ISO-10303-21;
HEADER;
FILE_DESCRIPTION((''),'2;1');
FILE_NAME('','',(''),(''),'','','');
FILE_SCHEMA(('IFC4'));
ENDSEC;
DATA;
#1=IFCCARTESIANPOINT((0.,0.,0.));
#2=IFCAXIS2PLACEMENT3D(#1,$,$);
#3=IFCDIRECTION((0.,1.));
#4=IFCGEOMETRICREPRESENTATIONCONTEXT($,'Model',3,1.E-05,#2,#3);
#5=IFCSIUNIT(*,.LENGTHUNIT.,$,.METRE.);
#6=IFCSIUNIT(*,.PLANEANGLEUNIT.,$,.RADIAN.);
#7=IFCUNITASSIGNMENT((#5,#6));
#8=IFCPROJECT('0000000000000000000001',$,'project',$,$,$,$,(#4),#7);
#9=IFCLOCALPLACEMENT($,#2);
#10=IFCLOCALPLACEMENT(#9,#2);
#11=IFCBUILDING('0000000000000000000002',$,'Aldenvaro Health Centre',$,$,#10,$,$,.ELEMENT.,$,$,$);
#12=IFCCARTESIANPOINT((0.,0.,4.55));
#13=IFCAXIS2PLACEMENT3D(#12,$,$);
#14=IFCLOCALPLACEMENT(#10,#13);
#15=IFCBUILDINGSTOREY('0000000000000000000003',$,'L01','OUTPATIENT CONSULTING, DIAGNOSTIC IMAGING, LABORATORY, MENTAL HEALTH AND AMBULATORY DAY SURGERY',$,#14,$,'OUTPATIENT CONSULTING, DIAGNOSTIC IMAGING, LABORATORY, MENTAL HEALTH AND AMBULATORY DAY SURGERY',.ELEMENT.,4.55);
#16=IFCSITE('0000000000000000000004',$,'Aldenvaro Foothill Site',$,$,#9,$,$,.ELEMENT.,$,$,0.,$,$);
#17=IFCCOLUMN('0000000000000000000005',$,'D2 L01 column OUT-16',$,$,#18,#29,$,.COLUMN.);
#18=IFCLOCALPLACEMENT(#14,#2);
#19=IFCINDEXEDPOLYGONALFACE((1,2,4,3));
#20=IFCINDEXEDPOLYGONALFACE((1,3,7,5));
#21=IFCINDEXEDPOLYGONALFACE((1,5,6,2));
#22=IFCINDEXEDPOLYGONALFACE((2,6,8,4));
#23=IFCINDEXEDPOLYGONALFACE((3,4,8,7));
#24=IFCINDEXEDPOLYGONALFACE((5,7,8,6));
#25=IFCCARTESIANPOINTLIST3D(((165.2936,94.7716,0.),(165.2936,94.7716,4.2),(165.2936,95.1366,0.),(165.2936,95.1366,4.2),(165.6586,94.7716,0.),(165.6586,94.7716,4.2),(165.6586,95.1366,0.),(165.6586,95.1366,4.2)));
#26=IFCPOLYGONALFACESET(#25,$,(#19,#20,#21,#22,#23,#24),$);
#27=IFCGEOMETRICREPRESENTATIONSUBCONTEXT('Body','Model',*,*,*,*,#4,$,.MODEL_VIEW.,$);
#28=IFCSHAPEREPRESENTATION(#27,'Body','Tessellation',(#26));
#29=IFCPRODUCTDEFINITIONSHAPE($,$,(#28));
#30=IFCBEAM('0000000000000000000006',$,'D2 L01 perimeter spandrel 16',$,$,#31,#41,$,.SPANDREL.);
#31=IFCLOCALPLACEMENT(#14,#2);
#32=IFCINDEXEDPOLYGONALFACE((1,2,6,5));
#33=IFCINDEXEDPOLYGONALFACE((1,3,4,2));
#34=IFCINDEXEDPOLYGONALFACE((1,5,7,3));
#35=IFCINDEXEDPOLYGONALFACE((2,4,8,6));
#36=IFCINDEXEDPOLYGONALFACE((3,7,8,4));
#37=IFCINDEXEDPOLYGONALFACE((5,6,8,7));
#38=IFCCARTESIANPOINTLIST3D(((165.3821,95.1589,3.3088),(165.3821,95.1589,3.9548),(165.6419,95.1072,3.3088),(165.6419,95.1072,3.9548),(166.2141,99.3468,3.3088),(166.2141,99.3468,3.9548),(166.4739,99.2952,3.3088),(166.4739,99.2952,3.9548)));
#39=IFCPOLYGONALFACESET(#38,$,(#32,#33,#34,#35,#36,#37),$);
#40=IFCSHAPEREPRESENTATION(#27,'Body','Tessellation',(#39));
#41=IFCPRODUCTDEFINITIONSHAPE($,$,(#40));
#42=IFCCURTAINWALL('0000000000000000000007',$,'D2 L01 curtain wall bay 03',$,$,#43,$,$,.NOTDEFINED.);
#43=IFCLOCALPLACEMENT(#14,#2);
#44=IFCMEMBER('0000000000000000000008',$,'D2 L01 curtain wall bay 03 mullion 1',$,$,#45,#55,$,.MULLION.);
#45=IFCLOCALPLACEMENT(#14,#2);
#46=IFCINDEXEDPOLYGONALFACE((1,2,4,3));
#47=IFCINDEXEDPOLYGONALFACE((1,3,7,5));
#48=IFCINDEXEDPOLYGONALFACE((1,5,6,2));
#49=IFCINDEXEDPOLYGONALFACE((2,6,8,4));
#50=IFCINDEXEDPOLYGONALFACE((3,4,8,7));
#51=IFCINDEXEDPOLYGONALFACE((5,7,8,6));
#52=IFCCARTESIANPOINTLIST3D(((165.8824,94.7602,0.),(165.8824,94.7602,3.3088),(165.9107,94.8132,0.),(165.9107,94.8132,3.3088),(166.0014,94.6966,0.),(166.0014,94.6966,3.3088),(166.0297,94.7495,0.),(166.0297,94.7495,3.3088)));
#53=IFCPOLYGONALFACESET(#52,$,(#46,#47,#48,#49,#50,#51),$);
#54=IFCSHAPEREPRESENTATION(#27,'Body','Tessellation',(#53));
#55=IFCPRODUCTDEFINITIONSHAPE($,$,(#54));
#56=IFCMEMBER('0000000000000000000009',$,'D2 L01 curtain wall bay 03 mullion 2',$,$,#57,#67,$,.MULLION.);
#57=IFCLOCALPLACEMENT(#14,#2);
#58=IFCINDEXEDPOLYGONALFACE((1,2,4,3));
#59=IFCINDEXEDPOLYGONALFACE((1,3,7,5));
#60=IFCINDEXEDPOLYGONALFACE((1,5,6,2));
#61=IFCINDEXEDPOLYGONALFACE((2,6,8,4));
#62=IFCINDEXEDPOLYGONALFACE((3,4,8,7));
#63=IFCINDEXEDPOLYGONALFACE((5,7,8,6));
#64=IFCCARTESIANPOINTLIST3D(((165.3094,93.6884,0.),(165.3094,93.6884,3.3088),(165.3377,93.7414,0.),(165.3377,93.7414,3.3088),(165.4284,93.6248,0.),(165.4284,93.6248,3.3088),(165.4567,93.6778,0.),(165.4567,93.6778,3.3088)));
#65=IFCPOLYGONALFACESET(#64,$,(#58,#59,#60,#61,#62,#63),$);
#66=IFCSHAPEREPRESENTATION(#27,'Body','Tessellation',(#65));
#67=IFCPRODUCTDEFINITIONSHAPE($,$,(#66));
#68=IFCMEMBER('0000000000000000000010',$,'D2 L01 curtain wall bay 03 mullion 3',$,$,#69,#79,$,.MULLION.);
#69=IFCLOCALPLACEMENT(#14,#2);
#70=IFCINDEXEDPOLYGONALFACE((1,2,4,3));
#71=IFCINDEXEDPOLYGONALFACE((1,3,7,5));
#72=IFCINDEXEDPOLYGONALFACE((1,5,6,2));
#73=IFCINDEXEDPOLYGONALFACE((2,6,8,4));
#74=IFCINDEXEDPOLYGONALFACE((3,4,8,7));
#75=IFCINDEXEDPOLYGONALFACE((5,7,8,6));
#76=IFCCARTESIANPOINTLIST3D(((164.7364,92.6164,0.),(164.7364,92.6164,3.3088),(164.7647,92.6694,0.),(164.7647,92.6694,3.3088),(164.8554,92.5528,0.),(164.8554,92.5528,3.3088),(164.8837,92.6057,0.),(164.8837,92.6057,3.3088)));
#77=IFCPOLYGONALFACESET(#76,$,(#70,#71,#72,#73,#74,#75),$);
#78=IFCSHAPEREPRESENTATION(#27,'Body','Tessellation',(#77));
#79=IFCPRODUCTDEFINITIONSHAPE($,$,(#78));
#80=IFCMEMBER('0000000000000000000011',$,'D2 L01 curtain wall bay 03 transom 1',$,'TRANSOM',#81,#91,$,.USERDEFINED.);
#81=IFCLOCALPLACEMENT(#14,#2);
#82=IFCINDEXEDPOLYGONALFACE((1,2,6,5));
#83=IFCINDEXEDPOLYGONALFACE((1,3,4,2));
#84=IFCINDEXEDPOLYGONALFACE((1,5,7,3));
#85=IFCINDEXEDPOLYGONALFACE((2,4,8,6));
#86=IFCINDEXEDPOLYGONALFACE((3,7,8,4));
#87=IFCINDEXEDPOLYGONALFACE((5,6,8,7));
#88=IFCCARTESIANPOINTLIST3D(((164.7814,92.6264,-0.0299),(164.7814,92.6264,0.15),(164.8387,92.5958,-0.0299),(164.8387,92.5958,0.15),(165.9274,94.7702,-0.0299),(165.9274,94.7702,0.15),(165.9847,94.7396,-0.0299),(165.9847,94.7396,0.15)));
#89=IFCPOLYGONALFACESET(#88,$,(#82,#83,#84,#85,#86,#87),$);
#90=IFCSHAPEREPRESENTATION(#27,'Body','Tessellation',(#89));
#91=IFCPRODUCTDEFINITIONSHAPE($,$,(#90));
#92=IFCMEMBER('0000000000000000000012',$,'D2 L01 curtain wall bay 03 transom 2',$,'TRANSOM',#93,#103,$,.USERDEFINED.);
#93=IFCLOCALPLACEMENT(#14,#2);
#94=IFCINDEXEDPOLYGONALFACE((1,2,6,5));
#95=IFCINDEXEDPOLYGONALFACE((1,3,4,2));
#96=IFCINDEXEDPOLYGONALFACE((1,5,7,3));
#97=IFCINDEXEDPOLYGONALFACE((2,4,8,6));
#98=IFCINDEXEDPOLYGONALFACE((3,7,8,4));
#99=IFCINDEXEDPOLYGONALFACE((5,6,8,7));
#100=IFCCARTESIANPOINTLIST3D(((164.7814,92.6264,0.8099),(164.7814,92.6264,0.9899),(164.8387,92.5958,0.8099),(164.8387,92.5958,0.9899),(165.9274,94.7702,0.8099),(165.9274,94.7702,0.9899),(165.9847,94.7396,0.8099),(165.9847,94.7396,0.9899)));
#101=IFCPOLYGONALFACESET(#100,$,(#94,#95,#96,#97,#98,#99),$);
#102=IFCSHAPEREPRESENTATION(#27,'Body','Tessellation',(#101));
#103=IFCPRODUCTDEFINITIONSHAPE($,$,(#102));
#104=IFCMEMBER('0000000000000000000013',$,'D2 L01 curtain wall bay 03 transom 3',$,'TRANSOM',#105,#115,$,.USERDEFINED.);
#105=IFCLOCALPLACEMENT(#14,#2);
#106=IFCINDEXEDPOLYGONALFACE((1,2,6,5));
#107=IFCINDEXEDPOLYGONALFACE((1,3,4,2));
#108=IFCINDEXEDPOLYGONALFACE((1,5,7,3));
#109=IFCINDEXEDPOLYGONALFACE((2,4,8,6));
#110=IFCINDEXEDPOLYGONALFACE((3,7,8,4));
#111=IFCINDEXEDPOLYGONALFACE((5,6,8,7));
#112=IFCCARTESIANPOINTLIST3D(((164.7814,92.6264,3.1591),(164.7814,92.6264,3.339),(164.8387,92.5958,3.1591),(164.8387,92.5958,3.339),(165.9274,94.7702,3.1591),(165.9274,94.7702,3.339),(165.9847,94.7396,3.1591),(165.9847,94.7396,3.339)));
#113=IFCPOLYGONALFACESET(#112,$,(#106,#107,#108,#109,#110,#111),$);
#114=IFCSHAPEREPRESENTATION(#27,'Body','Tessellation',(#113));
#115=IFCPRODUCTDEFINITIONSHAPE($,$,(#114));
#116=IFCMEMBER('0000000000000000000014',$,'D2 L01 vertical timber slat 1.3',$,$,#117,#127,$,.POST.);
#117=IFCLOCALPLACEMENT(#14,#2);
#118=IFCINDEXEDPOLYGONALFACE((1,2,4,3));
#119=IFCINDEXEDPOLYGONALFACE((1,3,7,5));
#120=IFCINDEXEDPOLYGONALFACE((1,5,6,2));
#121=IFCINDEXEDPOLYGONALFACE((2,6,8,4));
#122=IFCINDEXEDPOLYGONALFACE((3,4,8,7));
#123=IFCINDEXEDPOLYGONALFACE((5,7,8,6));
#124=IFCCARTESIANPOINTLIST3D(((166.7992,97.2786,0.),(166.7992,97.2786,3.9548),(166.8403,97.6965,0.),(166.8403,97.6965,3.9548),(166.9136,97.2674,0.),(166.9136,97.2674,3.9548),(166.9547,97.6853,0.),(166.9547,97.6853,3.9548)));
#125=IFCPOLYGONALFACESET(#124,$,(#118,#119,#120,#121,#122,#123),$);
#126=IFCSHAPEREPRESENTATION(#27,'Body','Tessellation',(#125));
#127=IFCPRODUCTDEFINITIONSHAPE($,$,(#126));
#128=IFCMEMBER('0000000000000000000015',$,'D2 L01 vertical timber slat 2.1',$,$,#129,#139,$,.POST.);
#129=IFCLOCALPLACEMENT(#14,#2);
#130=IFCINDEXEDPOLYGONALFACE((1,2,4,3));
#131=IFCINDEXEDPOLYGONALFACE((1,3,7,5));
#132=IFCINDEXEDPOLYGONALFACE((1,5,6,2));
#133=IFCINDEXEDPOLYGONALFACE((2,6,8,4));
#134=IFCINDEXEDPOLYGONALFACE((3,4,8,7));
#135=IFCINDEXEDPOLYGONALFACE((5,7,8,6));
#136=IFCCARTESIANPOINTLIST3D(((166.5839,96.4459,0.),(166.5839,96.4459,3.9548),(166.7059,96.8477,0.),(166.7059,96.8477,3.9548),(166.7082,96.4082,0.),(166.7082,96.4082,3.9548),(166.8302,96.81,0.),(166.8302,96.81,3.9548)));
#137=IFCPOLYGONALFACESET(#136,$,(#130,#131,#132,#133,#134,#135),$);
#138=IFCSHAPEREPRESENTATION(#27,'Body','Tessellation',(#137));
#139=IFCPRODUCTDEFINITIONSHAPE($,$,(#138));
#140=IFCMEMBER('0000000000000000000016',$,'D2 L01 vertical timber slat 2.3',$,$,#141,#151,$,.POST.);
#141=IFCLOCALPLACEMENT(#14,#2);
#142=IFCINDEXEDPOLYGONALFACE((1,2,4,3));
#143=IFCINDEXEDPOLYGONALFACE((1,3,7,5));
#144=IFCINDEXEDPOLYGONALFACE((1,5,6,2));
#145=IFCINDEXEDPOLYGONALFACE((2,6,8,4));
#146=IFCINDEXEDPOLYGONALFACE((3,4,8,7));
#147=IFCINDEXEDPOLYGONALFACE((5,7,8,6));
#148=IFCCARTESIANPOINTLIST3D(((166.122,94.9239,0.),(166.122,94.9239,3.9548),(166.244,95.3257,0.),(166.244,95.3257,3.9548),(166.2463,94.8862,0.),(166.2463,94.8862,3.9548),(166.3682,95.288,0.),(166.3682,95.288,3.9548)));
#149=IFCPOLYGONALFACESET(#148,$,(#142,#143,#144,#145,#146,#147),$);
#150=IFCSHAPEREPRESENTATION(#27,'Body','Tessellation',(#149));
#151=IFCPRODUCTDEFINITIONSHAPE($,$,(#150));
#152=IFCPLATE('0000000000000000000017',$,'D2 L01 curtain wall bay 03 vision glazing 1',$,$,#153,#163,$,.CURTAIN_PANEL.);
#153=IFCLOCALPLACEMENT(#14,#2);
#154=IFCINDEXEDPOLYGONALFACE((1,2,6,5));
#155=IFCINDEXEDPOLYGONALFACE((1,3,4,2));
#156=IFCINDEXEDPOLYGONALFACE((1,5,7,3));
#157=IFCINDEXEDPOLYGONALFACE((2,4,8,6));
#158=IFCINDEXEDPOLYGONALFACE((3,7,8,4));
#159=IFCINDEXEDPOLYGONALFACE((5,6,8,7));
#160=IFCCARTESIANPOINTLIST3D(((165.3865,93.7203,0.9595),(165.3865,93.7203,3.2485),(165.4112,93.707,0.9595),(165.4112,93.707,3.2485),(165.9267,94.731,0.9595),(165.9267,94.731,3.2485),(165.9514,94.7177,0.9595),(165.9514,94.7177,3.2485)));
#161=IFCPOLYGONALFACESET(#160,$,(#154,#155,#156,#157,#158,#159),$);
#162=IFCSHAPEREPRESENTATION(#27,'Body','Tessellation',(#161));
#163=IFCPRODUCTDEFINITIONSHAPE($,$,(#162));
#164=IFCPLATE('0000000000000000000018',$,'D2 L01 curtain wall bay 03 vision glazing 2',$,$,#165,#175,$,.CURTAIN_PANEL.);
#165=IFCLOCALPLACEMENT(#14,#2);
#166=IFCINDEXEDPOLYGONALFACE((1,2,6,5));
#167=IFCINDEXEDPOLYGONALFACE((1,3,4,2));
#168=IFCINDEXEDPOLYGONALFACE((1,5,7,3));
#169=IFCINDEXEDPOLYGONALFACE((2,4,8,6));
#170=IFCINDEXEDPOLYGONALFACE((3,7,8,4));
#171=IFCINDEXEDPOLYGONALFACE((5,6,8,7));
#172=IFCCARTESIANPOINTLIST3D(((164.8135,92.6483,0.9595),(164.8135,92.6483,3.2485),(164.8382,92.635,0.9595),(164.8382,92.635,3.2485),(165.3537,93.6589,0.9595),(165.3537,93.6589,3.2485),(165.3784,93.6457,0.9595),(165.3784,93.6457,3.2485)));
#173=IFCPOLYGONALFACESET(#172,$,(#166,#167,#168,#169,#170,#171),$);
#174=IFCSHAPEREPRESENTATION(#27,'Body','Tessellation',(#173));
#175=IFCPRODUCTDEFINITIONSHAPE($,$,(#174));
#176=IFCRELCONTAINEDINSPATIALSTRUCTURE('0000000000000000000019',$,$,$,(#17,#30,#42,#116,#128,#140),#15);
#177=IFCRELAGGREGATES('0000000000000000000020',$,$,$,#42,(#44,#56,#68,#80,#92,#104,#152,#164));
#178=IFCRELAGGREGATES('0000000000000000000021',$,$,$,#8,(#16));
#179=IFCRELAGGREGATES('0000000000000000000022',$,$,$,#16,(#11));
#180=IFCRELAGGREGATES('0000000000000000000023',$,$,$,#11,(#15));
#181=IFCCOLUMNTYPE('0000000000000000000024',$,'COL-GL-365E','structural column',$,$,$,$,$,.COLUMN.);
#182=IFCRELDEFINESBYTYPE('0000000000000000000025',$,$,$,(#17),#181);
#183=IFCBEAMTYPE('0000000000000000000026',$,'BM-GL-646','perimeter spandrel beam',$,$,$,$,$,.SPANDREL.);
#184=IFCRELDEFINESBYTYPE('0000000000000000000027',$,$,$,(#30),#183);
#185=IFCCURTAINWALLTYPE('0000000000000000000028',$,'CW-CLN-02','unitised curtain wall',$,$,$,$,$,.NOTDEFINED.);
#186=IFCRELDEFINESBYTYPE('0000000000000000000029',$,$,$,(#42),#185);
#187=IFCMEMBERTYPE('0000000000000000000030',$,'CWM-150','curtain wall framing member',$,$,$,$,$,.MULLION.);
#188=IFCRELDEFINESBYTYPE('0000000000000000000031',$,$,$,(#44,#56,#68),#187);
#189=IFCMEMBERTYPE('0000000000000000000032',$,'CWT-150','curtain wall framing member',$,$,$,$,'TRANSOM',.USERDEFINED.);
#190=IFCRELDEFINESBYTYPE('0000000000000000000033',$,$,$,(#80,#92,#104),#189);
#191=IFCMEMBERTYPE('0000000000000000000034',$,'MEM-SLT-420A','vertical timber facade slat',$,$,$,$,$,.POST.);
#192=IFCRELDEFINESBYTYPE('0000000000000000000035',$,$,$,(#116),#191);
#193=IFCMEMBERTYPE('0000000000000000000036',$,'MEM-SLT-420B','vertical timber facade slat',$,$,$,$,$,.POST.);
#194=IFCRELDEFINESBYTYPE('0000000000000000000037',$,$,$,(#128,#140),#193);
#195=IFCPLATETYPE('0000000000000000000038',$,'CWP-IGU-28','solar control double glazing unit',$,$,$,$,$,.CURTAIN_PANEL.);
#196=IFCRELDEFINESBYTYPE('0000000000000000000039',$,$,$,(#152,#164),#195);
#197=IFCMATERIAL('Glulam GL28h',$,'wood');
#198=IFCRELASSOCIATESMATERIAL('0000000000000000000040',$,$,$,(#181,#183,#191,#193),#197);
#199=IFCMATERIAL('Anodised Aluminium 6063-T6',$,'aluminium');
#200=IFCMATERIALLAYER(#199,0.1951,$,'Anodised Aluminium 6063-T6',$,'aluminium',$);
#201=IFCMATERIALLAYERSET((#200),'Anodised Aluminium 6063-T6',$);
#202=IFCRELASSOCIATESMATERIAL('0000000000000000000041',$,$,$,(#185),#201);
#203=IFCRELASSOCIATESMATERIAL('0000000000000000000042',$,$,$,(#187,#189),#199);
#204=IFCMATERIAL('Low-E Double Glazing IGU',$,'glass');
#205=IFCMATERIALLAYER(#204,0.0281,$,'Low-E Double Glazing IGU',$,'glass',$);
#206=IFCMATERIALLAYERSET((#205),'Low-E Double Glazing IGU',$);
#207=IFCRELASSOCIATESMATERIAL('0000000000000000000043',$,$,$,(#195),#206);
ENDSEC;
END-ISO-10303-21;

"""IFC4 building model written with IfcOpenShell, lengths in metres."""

from ifc_helpers import new_model, si_unit, direction, frame, origin, origin_2d, place, context, subcontext, project, spatial, rectangle, extrude, material, layer, layer_set, material_profile, profile_set, type_object, element, aggregate, save


model = new_model("IFC4")

# Units and contexts
model_context = context("Model", 3, precision=1e-05, world=origin(), true_north=direction((0.0, 1.0)))
body_context = subcontext(model_context, "Body", "Model", "MODEL_VIEW")
ifc_project = project(units=[si_unit("LENGTHUNIT", "METRE"), si_unit("PLANEANGLEUNIT", "RADIAN")], contexts=[model_context])

# Site, building, storey
site_placement = place(None, origin())
site = spatial("IfcSite", under=ifc_project, at=site_placement, Name="Aldenvaro Foothill Site", CompositionType="ELEMENT", RefElevation=0.0)
building_placement = place(site_placement, origin())
building = spatial("IfcBuilding", under=site, at=building_placement, Name="Aldenvaro Health Centre", CompositionType="ELEMENT")
storey_placement = place(building_placement, frame((0.0, 0.0, 4.55)))
storey = spatial("IfcBuildingStorey", under=building, at=storey_placement, Name="L01", Description="OUTPATIENT CONSULTING, DIAGNOSTIC IMAGING, LABORATORY, MENTAL HEALTH AND AMBULATORY DAY SURGERY", LongName="OUTPATIENT CONSULTING, DIAGNOSTIC IMAGING, LABORATORY, MENTAL HEALTH AND AMBULATORY DAY SURGERY", CompositionType="ELEMENT", Elevation=4.55)

# Column
ifc_material_1 = material(Name="Glulam GL28h", Category="wood")
ifc_material_profile_1 = material_profile(ifc_material_1, rectangle(XDim=0.365, YDim=0.365, at=origin_2d()), Name="GL 365x365", Category="wood")
ifc_profile_set_1 = profile_set([ifc_material_profile_1], Name="Glulam GL28h")
column_type = type_object("IfcColumnType", Name="COL-GL-365E", Description="structural column", PredefinedType="COLUMN", material=ifc_profile_set_1)
column_placement = place(storey_placement, frame((165.4761, 94.9541, 0.0), z_axis=(0.0, 0.0, 1.0), x_axis=(1.0, 0.0, 0.0)))
element("IfcColumn", 1, at=column_placement, inside=storey, type_object=column_type, Name="D2 L01 column OUT-16", PredefinedType="COLUMN", context=body_context, shape_type="SweptSolid", body=[
    extrude(rectangle(XDim=0.365, YDim=0.365, at=origin_2d()), origin(), (0.0, 0.0, 1.0), 4.2),
])

# Beam
ifc_material_profile_2 = material_profile(ifc_material_1, rectangle(XDim=0.2649, YDim=0.646, at=origin_2d()), Name="GL 265x646", Category="wood")
ifc_profile_set_2 = profile_set([ifc_material_profile_2], Name="Glulam GL28h")
beam_type = type_object("IfcBeamType", Name="BM-GL-646", Description="perimeter spandrel beam", PredefinedType="SPANDREL", material=ifc_profile_set_2)
beam_placement = place(storey_placement, frame((165.512, 95.1331, 3.6318), z_axis=(0.194862, 0.980831, 0.0), x_axis=(-0.980831, 0.194862, 0.0)))
element("IfcBeam", 2, at=beam_placement, inside=storey, type_object=beam_type, Name="D2 L01 perimeter spandrel 16", PredefinedType="SPANDREL", context=body_context, shape_type="SweptSolid", body=[
    extrude(rectangle(XDim=0.2649, YDim=0.646, at=origin_2d()), origin(), (0.0, 0.0, 1.0), 4.2698),
])

# Curtain wall, members
ifc_material_2 = material(Name="Anodised Aluminium 6063-T6", Category="aluminium")
ifc_layer_1 = layer(ifc_material_2, 0.1951, Name="Anodised Aluminium 6063-T6", Category="aluminium")
ifc_layer_set_1 = layer_set([ifc_layer_1], Name="Anodised Aluminium 6063-T6")
curtain_wall_type = type_object("IfcCurtainWallType", Name="CW-CLN-02", Description="unitised curtain wall", PredefinedType="NOTDEFINED", material=ifc_layer_set_1)
curtain_wall_placement = place(storey_placement, origin())
curtain_wall = element("IfcCurtainWall", 3, at=curtain_wall_placement, inside=storey, type_object=curtain_wall_type, Name="D2 L01 curtain wall bay 03", PredefinedType="NOTDEFINED")
ifc_material_profile_3 = material_profile(ifc_material_2, rectangle(XDim=0.0601, YDim=0.135, at=origin_2d()), Name="ALU 60x135", Category="aluminium")
ifc_profile_set_3 = profile_set([ifc_material_profile_3], Name="Anodised Aluminium 6063-T6")
member_type_1 = type_object("IfcMemberType", Name="CWM-150", Description="curtain wall framing member", PredefinedType="MULLION", material=ifc_profile_set_3)
member_1_placement = place(storey_placement, frame((165.9561, 94.7549, 0.0), z_axis=(0.0, 0.0, 1.0), x_axis=(-0.471399, -0.88192, 0.0)))
member_1 = element("IfcMember", 4, at=member_1_placement, type_object=member_type_1, Name="D2 L01 curtain wall bay 03 mullion 1", PredefinedType="MULLION", context=body_context, shape_type="SweptSolid", body=[
    extrude(rectangle(XDim=0.0601, YDim=0.135, at=origin_2d()), origin(), (0.0, 0.0, 1.0), 3.3088),
])
member_2_placement = place(storey_placement, frame((165.3831, 93.6831, 0.0), z_axis=(0.0, 0.0, 1.0), x_axis=(-0.471399, -0.88192, 0.0)))
member_2 = element("IfcMember", 5, at=member_2_placement, type_object=member_type_1, Name="D2 L01 curtain wall bay 03 mullion 2", PredefinedType="MULLION", context=body_context, shape_type="SweptSolid", body=[
    extrude(rectangle(XDim=0.0601, YDim=0.135, at=origin_2d()), origin(), (0.0, 0.0, 1.0), 3.3088),
])
member_3_placement = place(storey_placement, frame((164.8101, 92.6111, 0.0), z_axis=(0.0, 0.0, 1.0), x_axis=(-0.471399, -0.88192, 0.0)))
member_3 = element("IfcMember", 6, at=member_3_placement, type_object=member_type_1, Name="D2 L01 curtain wall bay 03 mullion 3", PredefinedType="MULLION", context=body_context, shape_type="SweptSolid", body=[
    extrude(rectangle(XDim=0.0601, YDim=0.135, at=origin_2d()), origin(), (0.0, 0.0, 1.0), 3.3088),
])
ifc_material_profile_4 = material_profile(ifc_material_2, rectangle(XDim=0.0649, YDim=0.1799, at=origin_2d()), Name="ALU 65x180", Category="aluminium")
ifc_profile_set_4 = profile_set([ifc_material_profile_4], Name="Anodised Aluminium 6063-T6")
member_type_2 = type_object("IfcMemberType", Name="CWT-150", Description="curtain wall framing member", ElementType="TRANSOM", PredefinedType="USERDEFINED", material=ifc_profile_set_4)
member_4_placement = place(storey_placement, frame((165.9561, 94.7549, 0.0601), z_axis=(-0.471432, -0.881902, 0.0), x_axis=(0.881902, -0.471432, 0.0)))
member_4 = element("IfcMember", 7, at=member_4_placement, type_object=member_type_2, Name="D2 L01 curtain wall bay 03 transom 1", ObjectType="TRANSOM", PredefinedType="USERDEFINED", context=body_context, shape_type="SweptSolid", body=[
    extrude(rectangle(XDim=0.0649, YDim=0.1799, at=origin_2d()), origin(), (0.0, 0.0, 1.0), 2.4309),
])
member_5_placement = place(storey_placement, frame((165.9561, 94.7549, 0.8999), z_axis=(-0.471432, -0.881902, 0.0), x_axis=(0.881902, -0.471432, 0.0)))
member_5 = element("IfcMember", 8, at=member_5_placement, type_object=member_type_2, Name="D2 L01 curtain wall bay 03 transom 2", ObjectType="TRANSOM", PredefinedType="USERDEFINED", context=body_context, shape_type="SweptSolid", body=[
    extrude(rectangle(XDim=0.0649, YDim=0.1799, at=origin_2d()), origin(), (0.0, 0.0, 1.0), 2.4309),
])
member_6_placement = place(storey_placement, frame((165.9561, 94.7549, 3.249), z_axis=(-0.471432, -0.881902, 0.0), x_axis=(0.881902, -0.471432, 0.0)))
member_6 = element("IfcMember", 9, at=member_6_placement, type_object=member_type_2, Name="D2 L01 curtain wall bay 03 transom 3", ObjectType="TRANSOM", PredefinedType="USERDEFINED", context=body_context, shape_type="SweptSolid", body=[
    extrude(rectangle(XDim=0.0649, YDim=0.1799, at=origin_2d()), origin(), (0.0, 0.0, 1.0), 2.4309),
])

# Members
ifc_material_profile_5 = material_profile(ifc_material_1, rectangle(XDim=0.115, YDim=0.4199, at=origin_2d()), Name="GL 115x420", Category="wood")
ifc_profile_set_5 = profile_set([ifc_material_profile_5], Name="Glulam GL28h")
member_type_3 = type_object("IfcMemberType", Name="MEM-SLT-420A", Description="vertical timber facade slat", PredefinedType="POST", material=ifc_profile_set_5)
member_7_placement = place(storey_placement, frame((166.877, 97.4819, 0.0), z_axis=(0.0, 0.0, 1.0), x_axis=(0.995195, -0.097915, 0.0)))
element("IfcMember", 10, at=member_7_placement, inside=storey, type_object=member_type_3, Name="D2 L01 vertical timber slat 1.3", PredefinedType="POST", context=body_context, shape_type="SweptSolid", body=[
    extrude(rectangle(XDim=0.115, YDim=0.4199, at=origin_2d()), origin(), (0.0, 0.0, 1.0), 3.9548),
])
ifc_material_profile_6 = material_profile(ifc_material_1, rectangle(XDim=0.1299, YDim=0.4199, at=origin_2d()), Name="GL 130x420", Category="wood")
ifc_profile_set_6 = profile_set([ifc_material_profile_6], Name="Glulam GL28h")
member_type_4 = type_object("IfcMemberType", Name="MEM-SLT-420B", Description="vertical timber facade slat", PredefinedType="POST", material=ifc_profile_set_6)
for number, where, z_axis, x_axis, name in (
    (11, (166.707, 96.6279, 0.0), (0.0, 0.0, 1.0), (0.956893, -0.290441, 0.0), "D2 L01 vertical timber slat 2.1"),
    (12, (166.2451, 95.106, 0.0), (0.0, 0.0, 1.0), (0.956893, -0.290441, 0.0), "D2 L01 vertical timber slat 2.3"),
):
    element("IfcMember", number, at=place(storey_placement, frame(where, z_axis=z_axis, x_axis=x_axis)), inside=storey, type_object=member_type_4, Name=name, PredefinedType="POST", context=body_context, shape_type="SweptSolid", body=[
        extrude(rectangle(XDim=0.1299, YDim=0.4199, at=origin_2d()), origin(), (0.0, 0.0, 1.0), 3.9548),
    ])

# Plates
ifc_material_3 = material(Name="Low-E Double Glazing IGU", Category="glass")
ifc_layer_2 = layer(ifc_material_3, 0.0281, Name="Low-E Double Glazing IGU", Category="glass")
ifc_layer_set_2 = layer_set([ifc_layer_2], Name="Low-E Double Glazing IGU")
plate_type_1 = type_object("IfcPlateType", Name="CWP-IGU-28", Description="solar control double glazing unit", PredefinedType="CURTAIN_PANEL", material=ifc_layer_set_2)
plate_1_placement = place(storey_placement, frame((165.6689, 94.219, 0.9595), z_axis=(0.0, 0.0, 1.0), x_axis=(-0.471399, -0.88192, 0.0)))
plate_1 = element("IfcPlate", 13, at=plate_1_placement, type_object=plate_type_1, Name="D2 L01 curtain wall bay 03 vision glazing 1", PredefinedType="CURTAIN_PANEL", context=body_context, shape_type="SweptSolid", body=[
    extrude(rectangle(XDim=1.146, YDim=0.0281, at=origin_2d()), origin(), (0.0, 0.0, 1.0), 2.2891),
])
plate_2_placement = place(storey_placement, frame((165.0959, 93.147, 0.9595), z_axis=(0.0, 0.0, 1.0), x_axis=(-0.471399, -0.88192, 0.0)))
plate_2 = element("IfcPlate", 14, at=plate_2_placement, type_object=plate_type_1, Name="D2 L01 curtain wall bay 03 vision glazing 2", PredefinedType="CURTAIN_PANEL", context=body_context, shape_type="SweptSolid", body=[
    extrude(rectangle(XDim=1.146, YDim=0.0281, at=origin_2d()), origin(), (0.0, 0.0, 1.0), 2.2891),
])
aggregate(curtain_wall, [member_1, member_2, member_3, member_4, member_5, member_6, plate_1, plate_2])

save(model, "model.ifc")
